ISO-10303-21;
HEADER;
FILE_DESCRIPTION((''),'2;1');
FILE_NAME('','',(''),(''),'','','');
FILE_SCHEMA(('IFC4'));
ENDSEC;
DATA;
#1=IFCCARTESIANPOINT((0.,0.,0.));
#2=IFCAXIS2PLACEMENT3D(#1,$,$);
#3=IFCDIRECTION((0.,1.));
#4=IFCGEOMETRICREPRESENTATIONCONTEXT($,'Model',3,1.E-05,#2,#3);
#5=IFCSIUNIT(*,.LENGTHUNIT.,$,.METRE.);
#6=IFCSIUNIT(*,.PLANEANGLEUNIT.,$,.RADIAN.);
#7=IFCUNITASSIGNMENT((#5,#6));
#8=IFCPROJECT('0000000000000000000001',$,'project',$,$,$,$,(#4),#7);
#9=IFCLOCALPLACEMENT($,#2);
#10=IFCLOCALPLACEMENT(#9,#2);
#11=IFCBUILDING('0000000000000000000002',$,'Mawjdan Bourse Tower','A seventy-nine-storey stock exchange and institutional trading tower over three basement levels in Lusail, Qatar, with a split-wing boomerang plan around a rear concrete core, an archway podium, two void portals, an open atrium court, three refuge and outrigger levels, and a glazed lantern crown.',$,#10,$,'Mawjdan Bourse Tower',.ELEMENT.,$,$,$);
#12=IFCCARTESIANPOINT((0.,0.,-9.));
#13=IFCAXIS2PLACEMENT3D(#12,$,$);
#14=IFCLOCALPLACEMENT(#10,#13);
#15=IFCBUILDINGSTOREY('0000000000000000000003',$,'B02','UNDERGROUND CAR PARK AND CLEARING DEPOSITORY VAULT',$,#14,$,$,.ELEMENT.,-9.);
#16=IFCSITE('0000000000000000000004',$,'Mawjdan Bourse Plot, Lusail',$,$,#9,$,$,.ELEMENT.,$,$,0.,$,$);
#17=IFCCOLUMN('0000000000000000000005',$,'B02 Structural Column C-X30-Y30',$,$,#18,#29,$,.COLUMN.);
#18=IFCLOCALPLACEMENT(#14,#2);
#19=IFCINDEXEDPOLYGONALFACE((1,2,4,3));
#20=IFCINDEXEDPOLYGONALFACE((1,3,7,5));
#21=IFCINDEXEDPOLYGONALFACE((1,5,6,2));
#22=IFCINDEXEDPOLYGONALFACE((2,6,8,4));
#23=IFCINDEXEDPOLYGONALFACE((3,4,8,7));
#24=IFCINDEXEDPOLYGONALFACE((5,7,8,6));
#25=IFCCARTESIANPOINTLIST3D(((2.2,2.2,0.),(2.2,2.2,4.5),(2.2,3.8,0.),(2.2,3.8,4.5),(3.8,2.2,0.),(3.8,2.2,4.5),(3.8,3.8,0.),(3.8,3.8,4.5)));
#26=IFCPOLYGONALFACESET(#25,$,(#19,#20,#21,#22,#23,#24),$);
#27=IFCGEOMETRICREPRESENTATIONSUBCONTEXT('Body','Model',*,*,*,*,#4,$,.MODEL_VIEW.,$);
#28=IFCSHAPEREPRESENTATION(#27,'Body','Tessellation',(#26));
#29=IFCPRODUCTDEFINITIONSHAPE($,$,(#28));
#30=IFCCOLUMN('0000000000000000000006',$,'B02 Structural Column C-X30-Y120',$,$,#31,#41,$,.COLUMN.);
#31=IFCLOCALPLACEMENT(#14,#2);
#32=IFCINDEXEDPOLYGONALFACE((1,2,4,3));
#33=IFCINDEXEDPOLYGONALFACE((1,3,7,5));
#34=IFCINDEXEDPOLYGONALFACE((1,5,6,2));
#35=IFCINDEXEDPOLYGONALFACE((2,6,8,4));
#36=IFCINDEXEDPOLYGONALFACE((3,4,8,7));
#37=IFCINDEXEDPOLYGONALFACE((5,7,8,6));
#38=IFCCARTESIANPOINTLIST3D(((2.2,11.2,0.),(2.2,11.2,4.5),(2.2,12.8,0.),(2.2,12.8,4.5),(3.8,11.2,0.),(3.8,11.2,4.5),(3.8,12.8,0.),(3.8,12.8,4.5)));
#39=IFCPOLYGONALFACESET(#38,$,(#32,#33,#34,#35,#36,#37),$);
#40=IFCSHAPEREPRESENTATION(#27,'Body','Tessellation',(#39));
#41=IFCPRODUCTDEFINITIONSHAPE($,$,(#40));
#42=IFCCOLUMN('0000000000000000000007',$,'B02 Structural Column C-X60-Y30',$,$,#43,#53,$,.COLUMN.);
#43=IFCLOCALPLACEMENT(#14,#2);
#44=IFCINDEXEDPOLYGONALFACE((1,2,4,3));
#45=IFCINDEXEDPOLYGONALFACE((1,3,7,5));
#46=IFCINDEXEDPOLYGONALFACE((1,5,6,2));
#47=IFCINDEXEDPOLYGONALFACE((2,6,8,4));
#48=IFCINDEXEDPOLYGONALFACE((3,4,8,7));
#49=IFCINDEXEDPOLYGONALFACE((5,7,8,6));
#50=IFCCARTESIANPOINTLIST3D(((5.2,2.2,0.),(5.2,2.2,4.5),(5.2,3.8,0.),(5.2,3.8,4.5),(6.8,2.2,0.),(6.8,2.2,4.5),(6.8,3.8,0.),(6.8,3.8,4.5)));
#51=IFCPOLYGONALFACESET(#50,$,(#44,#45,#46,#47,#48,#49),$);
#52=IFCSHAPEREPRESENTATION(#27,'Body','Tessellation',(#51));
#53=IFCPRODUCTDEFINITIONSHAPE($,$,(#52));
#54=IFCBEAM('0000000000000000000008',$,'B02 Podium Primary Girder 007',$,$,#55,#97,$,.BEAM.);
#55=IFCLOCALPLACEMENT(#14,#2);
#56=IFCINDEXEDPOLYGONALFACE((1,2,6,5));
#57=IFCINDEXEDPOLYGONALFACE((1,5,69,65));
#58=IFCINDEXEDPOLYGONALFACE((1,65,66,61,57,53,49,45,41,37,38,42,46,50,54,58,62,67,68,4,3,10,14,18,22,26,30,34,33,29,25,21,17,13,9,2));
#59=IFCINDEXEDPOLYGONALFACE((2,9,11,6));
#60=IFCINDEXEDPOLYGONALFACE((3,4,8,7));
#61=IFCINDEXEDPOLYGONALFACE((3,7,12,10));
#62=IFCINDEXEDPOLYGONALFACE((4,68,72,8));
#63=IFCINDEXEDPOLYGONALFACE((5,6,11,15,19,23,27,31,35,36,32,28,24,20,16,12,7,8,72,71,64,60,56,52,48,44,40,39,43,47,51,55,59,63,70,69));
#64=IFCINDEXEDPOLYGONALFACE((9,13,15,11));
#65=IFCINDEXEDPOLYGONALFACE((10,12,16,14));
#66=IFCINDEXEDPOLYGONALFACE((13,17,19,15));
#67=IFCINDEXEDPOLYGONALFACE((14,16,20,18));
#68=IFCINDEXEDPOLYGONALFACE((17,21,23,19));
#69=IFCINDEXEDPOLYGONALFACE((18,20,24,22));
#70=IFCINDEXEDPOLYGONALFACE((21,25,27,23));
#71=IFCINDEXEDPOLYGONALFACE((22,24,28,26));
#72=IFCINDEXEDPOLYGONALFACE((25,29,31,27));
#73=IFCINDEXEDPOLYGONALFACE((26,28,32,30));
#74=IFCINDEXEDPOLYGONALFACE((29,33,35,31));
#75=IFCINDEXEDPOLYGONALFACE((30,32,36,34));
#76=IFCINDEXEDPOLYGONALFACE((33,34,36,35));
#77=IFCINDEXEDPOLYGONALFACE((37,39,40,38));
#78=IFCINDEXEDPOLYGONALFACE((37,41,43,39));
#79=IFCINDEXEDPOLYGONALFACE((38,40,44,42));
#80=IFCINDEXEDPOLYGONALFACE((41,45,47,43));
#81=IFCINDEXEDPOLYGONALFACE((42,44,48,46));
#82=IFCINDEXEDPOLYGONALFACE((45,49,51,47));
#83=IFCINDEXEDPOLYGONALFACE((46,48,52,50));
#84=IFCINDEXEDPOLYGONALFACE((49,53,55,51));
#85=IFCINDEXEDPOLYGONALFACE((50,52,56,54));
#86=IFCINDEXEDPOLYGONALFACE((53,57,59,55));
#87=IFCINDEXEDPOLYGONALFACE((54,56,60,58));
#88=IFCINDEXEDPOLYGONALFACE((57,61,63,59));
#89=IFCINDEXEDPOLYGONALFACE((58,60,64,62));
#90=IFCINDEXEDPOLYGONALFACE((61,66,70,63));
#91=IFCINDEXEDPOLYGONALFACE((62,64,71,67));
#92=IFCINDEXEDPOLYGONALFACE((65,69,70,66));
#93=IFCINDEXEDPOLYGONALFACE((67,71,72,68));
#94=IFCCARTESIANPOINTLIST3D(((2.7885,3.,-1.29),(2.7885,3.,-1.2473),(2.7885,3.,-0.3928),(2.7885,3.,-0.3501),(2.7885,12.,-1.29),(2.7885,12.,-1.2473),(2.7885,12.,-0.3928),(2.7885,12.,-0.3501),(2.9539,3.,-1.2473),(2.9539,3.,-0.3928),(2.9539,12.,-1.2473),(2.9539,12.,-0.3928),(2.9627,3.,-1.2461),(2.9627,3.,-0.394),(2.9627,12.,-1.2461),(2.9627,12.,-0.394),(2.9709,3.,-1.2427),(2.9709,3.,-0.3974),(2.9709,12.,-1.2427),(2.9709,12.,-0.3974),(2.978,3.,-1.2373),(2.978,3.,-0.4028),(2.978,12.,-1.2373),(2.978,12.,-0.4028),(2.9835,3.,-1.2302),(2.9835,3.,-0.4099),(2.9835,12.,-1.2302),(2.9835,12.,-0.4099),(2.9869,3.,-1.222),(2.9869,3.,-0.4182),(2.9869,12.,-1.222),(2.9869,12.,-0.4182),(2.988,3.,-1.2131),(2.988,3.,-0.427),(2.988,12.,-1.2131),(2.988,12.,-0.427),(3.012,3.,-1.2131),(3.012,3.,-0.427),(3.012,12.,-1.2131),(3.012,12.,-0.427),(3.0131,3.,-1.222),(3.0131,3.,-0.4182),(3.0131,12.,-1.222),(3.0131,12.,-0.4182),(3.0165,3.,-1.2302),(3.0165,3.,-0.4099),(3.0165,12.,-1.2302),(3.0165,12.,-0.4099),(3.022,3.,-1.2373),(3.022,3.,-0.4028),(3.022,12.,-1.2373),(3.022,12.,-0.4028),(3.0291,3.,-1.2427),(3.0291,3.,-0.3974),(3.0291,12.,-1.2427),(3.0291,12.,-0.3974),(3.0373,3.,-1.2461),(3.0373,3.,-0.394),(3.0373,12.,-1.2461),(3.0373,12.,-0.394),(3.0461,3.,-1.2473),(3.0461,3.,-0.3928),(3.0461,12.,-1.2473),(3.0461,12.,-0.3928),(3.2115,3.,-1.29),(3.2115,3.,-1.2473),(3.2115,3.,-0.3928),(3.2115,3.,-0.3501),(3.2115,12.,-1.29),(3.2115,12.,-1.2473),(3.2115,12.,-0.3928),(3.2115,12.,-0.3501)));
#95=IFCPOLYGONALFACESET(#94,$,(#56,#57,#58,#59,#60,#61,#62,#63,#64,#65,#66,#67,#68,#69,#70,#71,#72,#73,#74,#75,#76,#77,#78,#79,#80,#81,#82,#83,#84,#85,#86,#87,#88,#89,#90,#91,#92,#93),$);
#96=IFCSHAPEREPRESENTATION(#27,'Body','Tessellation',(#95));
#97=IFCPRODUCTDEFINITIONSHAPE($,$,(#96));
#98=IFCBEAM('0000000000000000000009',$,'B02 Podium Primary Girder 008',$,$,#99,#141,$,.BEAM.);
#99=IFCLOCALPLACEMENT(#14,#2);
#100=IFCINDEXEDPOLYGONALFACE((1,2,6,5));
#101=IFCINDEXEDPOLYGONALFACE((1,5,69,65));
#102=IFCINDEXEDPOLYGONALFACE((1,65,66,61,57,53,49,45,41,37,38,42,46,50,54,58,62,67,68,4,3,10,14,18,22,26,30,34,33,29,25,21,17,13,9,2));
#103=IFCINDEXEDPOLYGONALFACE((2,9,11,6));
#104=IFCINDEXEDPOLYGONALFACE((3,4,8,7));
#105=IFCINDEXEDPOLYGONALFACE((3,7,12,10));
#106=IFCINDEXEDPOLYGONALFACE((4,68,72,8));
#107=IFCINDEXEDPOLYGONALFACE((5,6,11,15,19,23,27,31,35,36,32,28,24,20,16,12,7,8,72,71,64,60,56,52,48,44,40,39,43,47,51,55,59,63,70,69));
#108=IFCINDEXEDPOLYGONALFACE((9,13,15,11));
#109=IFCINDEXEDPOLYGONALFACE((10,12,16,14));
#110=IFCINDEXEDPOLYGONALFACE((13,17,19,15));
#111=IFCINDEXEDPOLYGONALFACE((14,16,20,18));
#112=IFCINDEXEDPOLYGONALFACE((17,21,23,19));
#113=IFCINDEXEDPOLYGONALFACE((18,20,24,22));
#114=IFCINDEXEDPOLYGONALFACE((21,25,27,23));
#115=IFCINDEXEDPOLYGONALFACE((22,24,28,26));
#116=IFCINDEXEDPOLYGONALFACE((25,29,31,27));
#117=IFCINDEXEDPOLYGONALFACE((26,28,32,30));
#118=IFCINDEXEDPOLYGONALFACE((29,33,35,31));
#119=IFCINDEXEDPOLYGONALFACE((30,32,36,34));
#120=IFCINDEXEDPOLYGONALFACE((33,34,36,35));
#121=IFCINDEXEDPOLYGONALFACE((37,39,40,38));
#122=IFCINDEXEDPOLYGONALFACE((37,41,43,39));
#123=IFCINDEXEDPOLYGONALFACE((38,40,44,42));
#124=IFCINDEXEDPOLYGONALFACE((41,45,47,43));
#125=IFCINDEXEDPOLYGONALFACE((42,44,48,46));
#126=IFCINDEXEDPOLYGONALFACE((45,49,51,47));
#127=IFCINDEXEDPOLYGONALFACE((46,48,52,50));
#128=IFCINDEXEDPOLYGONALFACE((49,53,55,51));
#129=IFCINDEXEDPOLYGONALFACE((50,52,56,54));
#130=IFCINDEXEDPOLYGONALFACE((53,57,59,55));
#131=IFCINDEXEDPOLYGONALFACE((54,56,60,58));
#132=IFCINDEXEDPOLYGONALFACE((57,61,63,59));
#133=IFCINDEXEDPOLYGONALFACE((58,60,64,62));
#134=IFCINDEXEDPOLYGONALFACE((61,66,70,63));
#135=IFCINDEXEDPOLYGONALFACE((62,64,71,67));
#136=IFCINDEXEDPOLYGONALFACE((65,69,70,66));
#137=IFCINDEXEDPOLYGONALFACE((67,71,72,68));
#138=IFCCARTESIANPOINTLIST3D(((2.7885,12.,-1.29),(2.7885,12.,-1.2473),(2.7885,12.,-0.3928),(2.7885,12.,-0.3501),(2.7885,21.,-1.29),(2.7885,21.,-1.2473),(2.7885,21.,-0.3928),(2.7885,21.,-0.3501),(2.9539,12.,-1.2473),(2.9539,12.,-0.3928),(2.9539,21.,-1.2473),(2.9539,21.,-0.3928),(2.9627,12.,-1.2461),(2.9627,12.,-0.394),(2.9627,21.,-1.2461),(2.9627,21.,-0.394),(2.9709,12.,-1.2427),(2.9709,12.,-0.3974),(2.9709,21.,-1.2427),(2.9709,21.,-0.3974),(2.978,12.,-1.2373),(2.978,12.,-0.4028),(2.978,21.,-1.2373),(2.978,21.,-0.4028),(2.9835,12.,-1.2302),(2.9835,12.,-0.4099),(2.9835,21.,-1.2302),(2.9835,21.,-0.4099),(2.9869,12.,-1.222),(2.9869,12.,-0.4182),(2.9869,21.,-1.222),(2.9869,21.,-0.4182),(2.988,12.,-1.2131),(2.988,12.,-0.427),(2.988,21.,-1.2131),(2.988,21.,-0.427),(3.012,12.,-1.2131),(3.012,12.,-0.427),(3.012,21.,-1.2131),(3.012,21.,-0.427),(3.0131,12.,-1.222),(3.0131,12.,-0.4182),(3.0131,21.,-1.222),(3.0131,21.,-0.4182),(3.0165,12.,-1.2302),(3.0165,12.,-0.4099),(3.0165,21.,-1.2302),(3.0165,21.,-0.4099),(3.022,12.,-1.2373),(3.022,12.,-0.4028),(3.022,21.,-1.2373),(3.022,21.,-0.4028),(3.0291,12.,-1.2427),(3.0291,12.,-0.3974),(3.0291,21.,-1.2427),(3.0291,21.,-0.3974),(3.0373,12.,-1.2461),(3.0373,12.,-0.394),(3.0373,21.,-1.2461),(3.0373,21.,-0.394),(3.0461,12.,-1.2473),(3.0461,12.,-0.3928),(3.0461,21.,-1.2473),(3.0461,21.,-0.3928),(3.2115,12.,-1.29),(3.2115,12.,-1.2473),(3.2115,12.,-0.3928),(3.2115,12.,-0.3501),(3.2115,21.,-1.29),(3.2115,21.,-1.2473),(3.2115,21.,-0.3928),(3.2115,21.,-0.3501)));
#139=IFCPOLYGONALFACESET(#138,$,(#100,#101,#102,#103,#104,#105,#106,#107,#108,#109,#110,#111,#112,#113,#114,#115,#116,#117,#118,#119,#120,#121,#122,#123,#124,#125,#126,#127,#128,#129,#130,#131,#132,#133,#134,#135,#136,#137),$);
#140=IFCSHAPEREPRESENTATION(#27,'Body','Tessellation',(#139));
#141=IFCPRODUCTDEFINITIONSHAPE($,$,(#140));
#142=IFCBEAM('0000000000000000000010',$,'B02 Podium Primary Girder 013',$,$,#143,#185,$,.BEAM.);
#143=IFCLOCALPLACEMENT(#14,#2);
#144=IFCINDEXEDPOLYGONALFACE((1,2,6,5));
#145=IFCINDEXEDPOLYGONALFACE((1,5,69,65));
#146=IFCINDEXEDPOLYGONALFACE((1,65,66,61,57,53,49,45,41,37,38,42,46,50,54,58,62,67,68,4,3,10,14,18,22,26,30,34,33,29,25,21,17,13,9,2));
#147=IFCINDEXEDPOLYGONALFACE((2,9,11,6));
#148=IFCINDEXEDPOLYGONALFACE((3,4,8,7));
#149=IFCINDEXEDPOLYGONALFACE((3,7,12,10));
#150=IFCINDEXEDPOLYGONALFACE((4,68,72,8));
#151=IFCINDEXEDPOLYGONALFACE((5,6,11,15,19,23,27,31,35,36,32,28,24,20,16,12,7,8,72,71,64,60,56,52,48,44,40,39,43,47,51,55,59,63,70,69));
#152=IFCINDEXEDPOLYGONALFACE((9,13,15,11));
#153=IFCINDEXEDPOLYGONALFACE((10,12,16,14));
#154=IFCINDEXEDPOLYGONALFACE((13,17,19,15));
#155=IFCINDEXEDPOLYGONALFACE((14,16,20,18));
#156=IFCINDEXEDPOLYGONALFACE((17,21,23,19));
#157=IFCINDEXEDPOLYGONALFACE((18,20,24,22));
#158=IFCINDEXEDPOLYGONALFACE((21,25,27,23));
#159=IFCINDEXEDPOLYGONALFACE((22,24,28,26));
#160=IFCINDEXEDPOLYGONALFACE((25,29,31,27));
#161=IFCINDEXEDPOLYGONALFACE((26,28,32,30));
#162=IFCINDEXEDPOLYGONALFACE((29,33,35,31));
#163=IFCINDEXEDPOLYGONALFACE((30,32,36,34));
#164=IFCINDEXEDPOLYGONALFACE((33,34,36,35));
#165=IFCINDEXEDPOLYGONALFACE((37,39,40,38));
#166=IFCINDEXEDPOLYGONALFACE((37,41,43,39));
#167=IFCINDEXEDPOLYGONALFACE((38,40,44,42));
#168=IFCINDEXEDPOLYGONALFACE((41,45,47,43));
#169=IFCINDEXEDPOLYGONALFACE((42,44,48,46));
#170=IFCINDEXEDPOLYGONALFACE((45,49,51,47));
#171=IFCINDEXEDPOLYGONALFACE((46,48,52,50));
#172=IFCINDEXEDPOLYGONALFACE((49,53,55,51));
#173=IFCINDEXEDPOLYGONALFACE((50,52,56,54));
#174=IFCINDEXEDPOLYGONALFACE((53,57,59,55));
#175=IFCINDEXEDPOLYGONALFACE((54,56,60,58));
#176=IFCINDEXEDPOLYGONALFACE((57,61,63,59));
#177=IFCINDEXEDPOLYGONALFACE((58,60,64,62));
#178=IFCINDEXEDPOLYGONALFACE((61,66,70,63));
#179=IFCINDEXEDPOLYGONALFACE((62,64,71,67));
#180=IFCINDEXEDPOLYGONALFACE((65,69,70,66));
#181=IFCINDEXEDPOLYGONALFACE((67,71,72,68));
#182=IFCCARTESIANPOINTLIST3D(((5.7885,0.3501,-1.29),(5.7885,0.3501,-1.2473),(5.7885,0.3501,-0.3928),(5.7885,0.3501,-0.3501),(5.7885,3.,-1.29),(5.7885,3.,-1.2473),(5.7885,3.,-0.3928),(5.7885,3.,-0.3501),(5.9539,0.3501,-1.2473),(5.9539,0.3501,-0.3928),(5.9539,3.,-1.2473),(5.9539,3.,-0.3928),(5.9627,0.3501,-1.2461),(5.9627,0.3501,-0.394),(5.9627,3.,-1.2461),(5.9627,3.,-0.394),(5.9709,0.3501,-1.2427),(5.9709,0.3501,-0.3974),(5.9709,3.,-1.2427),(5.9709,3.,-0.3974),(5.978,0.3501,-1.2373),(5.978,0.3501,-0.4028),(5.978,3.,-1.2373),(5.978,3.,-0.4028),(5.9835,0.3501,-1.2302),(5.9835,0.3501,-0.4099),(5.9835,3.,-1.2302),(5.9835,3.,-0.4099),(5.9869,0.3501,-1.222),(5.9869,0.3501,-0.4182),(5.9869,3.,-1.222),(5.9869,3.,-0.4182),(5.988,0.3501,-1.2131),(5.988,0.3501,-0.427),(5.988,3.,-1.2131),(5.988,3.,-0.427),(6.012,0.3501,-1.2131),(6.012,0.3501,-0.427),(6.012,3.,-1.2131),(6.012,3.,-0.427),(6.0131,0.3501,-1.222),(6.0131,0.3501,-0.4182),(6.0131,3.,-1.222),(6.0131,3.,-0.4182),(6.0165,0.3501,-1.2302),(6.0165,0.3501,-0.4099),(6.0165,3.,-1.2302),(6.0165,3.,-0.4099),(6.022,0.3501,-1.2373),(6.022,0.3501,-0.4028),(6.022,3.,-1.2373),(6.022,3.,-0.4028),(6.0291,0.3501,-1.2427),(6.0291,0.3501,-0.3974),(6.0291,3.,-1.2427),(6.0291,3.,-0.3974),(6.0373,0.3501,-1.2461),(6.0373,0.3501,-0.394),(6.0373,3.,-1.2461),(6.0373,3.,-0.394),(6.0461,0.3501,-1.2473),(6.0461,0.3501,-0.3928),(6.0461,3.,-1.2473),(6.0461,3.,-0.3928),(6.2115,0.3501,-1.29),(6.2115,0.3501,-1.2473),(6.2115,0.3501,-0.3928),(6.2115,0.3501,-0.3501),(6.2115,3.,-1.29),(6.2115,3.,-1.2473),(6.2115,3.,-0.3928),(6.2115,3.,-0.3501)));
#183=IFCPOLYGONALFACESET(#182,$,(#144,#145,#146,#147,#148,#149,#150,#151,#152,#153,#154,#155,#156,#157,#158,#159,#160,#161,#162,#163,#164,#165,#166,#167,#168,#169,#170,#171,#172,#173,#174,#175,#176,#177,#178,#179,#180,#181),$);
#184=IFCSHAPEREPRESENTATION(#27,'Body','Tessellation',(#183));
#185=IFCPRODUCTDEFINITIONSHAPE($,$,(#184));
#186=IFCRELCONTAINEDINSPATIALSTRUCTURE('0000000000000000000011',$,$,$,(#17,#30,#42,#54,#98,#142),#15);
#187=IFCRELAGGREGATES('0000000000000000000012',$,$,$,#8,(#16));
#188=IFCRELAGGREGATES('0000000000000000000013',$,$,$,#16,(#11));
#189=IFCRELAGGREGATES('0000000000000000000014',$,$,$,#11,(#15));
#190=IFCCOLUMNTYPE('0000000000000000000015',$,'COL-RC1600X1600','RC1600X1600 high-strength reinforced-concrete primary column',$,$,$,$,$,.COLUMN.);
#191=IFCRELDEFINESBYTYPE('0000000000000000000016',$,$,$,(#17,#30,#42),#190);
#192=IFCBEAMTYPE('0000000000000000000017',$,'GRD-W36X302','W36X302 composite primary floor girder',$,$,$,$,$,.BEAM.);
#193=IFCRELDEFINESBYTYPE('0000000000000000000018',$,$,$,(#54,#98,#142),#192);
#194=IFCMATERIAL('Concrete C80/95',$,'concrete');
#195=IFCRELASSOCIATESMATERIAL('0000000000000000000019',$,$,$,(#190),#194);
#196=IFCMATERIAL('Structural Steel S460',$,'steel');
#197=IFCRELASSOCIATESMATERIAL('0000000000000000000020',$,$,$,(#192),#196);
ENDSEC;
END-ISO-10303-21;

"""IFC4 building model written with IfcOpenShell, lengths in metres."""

from ifc_helpers import new_model, si_unit, direction, frame, origin, origin_2d, place, context, subcontext, project, spatial, rectangle, i_section, extrude, material, material_profile, profile_set, type_object, element, save


model = new_model("IFC4")

# Units and contexts
model_context = context("Model", 3, precision=1e-05, world=origin(), true_north=direction((0.0, 1.0)))
body_context = subcontext(model_context, "Body", "Model", "MODEL_VIEW")
ifc_project = project(units=[si_unit("LENGTHUNIT", "METRE"), si_unit("PLANEANGLEUNIT", "RADIAN")], contexts=[model_context])

# Site, building, storey
site_placement = place(None, origin())
site = spatial("IfcSite", under=ifc_project, at=site_placement, Name="Mawjdan Bourse Plot, Lusail", CompositionType="ELEMENT", RefElevation=0.0)
building_placement = place(site_placement, origin())
building = spatial("IfcBuilding", under=site, at=building_placement, Name="Mawjdan Bourse Tower", Description="A seventy-nine-storey stock exchange and institutional trading tower over three basement levels in Lusail, Qatar, with a split-wing boomerang plan around a rear concrete core, an archway podium, two void portals, an open atrium court, three refuge and outrigger levels, and a glazed lantern crown.", LongName="Mawjdan Bourse Tower", CompositionType="ELEMENT")
storey_placement = place(building_placement, frame((0.0, 0.0, -9.0)))
storey = spatial("IfcBuildingStorey", under=building, at=storey_placement, Name="B02", Description="UNDERGROUND CAR PARK AND CLEARING DEPOSITORY VAULT", CompositionType="ELEMENT", Elevation=-9.0)

# Columns
ifc_material_1 = material(Name="Concrete C80/95", Category="concrete")
ifc_material_profile_1 = material_profile(ifc_material_1, rectangle(XDim=1.6001, YDim=1.6001, at=origin_2d()), Name="RC1600X1600")
ifc_profile_set_1 = profile_set([ifc_material_profile_1], Name="Concrete C80/95")
column_type = type_object("IfcColumnType", Name="COL-RC1600X1600", Description="RC1600X1600 high-strength reinforced-concrete primary column", PredefinedType="COLUMN", material=ifc_profile_set_1)
for number, where, z_axis, x_axis, name in (
    (1, (3.0, 3.0, 0.0), (0.0, 0.0, 1.0), (1.0, 0.0, 0.0), "B02 Structural Column C-X30-Y30"),
    (2, (3.0, 12.0, 0.0), (0.0, 0.0, 1.0), (1.0, 0.0, 0.0), "B02 Structural Column C-X30-Y120"),
    (3, (6.0, 3.0, 0.0), (0.0, 0.0, 1.0), (1.0, 0.0, 0.0), "B02 Structural Column C-X60-Y30"),
):
    element("IfcColumn", number, at=place(storey_placement, frame(where, z_axis=z_axis, x_axis=x_axis)), inside=storey, type_object=column_type, Name=name, PredefinedType="COLUMN", context=body_context, shape_type="SweptSolid", body=[
        extrude(rectangle(XDim=1.6001, YDim=1.6001, at=origin_2d()), origin(), (0.0, 0.0, 1.0), 4.5),
    ])

# Beams
ifc_material_2 = material(Name="Structural Steel S460", Category="steel")
ifc_material_profile_2 = material_profile(ifc_material_2, i_section(OverallWidth=0.4231, OverallDepth=0.9399, WebThickness=0.0239, FlangeThickness=0.0427, FilletRadius=0.0342, at=origin_2d()), Name="W36X302")
ifc_profile_set_2 = profile_set([ifc_material_profile_2], Name="Structural Steel S460")
beam_type_1 = type_object("IfcBeamType", Name="GRD-W36X302", Description="W36X302 composite primary floor girder", PredefinedType="BEAM", material=ifc_profile_set_2)
for number, where, z_axis, x_axis, name in (
    (4, (3.0, 3.0, -0.8201), (0.0, 1.0, 0.0), (-1.0, 0.0, 0.0), "B02 Podium Primary Girder 007"),
    (5, (3.0, 12.0, -0.8201), (0.0, 1.0, 0.0), (-1.0, 0.0, 0.0), "B02 Podium Primary Girder 008"),
):
    element("IfcBeam", number, at=place(storey_placement, frame(where, z_axis=z_axis, x_axis=x_axis)), inside=storey, type_object=beam_type_1, Name=name, PredefinedType="BEAM", context=body_context, shape_type="SweptSolid", body=[
        extrude(i_section(OverallWidth=0.4231, OverallDepth=0.9399, WebThickness=0.0239, FlangeThickness=0.0427, FilletRadius=0.0342, at=origin_2d()), origin(), (0.0, 0.0, 1.0), 9.0),
    ])
for number, where, z_axis, x_axis, name in (
    (6, (6.0, 0.3501, -0.8201), (0.0, 1.0, 0.0), (-1.0, 0.0, 0.0), "B02 Podium Primary Girder 013"),
):
    element("IfcBeam", number, at=place(storey_placement, frame(where, z_axis=z_axis, x_axis=x_axis)), inside=storey, type_object=beam_type_1, Name=name, PredefinedType="BEAM", context=body_context, shape_type="SweptSolid", body=[
        extrude(i_section(OverallWidth=0.4231, OverallDepth=0.9399, WebThickness=0.0239, FlangeThickness=0.0427, FilletRadius=0.0342, at=origin_2d()), origin(), (0.0, 0.0, 1.0), 2.6499),
    ])

save(model, "model.ifc")
